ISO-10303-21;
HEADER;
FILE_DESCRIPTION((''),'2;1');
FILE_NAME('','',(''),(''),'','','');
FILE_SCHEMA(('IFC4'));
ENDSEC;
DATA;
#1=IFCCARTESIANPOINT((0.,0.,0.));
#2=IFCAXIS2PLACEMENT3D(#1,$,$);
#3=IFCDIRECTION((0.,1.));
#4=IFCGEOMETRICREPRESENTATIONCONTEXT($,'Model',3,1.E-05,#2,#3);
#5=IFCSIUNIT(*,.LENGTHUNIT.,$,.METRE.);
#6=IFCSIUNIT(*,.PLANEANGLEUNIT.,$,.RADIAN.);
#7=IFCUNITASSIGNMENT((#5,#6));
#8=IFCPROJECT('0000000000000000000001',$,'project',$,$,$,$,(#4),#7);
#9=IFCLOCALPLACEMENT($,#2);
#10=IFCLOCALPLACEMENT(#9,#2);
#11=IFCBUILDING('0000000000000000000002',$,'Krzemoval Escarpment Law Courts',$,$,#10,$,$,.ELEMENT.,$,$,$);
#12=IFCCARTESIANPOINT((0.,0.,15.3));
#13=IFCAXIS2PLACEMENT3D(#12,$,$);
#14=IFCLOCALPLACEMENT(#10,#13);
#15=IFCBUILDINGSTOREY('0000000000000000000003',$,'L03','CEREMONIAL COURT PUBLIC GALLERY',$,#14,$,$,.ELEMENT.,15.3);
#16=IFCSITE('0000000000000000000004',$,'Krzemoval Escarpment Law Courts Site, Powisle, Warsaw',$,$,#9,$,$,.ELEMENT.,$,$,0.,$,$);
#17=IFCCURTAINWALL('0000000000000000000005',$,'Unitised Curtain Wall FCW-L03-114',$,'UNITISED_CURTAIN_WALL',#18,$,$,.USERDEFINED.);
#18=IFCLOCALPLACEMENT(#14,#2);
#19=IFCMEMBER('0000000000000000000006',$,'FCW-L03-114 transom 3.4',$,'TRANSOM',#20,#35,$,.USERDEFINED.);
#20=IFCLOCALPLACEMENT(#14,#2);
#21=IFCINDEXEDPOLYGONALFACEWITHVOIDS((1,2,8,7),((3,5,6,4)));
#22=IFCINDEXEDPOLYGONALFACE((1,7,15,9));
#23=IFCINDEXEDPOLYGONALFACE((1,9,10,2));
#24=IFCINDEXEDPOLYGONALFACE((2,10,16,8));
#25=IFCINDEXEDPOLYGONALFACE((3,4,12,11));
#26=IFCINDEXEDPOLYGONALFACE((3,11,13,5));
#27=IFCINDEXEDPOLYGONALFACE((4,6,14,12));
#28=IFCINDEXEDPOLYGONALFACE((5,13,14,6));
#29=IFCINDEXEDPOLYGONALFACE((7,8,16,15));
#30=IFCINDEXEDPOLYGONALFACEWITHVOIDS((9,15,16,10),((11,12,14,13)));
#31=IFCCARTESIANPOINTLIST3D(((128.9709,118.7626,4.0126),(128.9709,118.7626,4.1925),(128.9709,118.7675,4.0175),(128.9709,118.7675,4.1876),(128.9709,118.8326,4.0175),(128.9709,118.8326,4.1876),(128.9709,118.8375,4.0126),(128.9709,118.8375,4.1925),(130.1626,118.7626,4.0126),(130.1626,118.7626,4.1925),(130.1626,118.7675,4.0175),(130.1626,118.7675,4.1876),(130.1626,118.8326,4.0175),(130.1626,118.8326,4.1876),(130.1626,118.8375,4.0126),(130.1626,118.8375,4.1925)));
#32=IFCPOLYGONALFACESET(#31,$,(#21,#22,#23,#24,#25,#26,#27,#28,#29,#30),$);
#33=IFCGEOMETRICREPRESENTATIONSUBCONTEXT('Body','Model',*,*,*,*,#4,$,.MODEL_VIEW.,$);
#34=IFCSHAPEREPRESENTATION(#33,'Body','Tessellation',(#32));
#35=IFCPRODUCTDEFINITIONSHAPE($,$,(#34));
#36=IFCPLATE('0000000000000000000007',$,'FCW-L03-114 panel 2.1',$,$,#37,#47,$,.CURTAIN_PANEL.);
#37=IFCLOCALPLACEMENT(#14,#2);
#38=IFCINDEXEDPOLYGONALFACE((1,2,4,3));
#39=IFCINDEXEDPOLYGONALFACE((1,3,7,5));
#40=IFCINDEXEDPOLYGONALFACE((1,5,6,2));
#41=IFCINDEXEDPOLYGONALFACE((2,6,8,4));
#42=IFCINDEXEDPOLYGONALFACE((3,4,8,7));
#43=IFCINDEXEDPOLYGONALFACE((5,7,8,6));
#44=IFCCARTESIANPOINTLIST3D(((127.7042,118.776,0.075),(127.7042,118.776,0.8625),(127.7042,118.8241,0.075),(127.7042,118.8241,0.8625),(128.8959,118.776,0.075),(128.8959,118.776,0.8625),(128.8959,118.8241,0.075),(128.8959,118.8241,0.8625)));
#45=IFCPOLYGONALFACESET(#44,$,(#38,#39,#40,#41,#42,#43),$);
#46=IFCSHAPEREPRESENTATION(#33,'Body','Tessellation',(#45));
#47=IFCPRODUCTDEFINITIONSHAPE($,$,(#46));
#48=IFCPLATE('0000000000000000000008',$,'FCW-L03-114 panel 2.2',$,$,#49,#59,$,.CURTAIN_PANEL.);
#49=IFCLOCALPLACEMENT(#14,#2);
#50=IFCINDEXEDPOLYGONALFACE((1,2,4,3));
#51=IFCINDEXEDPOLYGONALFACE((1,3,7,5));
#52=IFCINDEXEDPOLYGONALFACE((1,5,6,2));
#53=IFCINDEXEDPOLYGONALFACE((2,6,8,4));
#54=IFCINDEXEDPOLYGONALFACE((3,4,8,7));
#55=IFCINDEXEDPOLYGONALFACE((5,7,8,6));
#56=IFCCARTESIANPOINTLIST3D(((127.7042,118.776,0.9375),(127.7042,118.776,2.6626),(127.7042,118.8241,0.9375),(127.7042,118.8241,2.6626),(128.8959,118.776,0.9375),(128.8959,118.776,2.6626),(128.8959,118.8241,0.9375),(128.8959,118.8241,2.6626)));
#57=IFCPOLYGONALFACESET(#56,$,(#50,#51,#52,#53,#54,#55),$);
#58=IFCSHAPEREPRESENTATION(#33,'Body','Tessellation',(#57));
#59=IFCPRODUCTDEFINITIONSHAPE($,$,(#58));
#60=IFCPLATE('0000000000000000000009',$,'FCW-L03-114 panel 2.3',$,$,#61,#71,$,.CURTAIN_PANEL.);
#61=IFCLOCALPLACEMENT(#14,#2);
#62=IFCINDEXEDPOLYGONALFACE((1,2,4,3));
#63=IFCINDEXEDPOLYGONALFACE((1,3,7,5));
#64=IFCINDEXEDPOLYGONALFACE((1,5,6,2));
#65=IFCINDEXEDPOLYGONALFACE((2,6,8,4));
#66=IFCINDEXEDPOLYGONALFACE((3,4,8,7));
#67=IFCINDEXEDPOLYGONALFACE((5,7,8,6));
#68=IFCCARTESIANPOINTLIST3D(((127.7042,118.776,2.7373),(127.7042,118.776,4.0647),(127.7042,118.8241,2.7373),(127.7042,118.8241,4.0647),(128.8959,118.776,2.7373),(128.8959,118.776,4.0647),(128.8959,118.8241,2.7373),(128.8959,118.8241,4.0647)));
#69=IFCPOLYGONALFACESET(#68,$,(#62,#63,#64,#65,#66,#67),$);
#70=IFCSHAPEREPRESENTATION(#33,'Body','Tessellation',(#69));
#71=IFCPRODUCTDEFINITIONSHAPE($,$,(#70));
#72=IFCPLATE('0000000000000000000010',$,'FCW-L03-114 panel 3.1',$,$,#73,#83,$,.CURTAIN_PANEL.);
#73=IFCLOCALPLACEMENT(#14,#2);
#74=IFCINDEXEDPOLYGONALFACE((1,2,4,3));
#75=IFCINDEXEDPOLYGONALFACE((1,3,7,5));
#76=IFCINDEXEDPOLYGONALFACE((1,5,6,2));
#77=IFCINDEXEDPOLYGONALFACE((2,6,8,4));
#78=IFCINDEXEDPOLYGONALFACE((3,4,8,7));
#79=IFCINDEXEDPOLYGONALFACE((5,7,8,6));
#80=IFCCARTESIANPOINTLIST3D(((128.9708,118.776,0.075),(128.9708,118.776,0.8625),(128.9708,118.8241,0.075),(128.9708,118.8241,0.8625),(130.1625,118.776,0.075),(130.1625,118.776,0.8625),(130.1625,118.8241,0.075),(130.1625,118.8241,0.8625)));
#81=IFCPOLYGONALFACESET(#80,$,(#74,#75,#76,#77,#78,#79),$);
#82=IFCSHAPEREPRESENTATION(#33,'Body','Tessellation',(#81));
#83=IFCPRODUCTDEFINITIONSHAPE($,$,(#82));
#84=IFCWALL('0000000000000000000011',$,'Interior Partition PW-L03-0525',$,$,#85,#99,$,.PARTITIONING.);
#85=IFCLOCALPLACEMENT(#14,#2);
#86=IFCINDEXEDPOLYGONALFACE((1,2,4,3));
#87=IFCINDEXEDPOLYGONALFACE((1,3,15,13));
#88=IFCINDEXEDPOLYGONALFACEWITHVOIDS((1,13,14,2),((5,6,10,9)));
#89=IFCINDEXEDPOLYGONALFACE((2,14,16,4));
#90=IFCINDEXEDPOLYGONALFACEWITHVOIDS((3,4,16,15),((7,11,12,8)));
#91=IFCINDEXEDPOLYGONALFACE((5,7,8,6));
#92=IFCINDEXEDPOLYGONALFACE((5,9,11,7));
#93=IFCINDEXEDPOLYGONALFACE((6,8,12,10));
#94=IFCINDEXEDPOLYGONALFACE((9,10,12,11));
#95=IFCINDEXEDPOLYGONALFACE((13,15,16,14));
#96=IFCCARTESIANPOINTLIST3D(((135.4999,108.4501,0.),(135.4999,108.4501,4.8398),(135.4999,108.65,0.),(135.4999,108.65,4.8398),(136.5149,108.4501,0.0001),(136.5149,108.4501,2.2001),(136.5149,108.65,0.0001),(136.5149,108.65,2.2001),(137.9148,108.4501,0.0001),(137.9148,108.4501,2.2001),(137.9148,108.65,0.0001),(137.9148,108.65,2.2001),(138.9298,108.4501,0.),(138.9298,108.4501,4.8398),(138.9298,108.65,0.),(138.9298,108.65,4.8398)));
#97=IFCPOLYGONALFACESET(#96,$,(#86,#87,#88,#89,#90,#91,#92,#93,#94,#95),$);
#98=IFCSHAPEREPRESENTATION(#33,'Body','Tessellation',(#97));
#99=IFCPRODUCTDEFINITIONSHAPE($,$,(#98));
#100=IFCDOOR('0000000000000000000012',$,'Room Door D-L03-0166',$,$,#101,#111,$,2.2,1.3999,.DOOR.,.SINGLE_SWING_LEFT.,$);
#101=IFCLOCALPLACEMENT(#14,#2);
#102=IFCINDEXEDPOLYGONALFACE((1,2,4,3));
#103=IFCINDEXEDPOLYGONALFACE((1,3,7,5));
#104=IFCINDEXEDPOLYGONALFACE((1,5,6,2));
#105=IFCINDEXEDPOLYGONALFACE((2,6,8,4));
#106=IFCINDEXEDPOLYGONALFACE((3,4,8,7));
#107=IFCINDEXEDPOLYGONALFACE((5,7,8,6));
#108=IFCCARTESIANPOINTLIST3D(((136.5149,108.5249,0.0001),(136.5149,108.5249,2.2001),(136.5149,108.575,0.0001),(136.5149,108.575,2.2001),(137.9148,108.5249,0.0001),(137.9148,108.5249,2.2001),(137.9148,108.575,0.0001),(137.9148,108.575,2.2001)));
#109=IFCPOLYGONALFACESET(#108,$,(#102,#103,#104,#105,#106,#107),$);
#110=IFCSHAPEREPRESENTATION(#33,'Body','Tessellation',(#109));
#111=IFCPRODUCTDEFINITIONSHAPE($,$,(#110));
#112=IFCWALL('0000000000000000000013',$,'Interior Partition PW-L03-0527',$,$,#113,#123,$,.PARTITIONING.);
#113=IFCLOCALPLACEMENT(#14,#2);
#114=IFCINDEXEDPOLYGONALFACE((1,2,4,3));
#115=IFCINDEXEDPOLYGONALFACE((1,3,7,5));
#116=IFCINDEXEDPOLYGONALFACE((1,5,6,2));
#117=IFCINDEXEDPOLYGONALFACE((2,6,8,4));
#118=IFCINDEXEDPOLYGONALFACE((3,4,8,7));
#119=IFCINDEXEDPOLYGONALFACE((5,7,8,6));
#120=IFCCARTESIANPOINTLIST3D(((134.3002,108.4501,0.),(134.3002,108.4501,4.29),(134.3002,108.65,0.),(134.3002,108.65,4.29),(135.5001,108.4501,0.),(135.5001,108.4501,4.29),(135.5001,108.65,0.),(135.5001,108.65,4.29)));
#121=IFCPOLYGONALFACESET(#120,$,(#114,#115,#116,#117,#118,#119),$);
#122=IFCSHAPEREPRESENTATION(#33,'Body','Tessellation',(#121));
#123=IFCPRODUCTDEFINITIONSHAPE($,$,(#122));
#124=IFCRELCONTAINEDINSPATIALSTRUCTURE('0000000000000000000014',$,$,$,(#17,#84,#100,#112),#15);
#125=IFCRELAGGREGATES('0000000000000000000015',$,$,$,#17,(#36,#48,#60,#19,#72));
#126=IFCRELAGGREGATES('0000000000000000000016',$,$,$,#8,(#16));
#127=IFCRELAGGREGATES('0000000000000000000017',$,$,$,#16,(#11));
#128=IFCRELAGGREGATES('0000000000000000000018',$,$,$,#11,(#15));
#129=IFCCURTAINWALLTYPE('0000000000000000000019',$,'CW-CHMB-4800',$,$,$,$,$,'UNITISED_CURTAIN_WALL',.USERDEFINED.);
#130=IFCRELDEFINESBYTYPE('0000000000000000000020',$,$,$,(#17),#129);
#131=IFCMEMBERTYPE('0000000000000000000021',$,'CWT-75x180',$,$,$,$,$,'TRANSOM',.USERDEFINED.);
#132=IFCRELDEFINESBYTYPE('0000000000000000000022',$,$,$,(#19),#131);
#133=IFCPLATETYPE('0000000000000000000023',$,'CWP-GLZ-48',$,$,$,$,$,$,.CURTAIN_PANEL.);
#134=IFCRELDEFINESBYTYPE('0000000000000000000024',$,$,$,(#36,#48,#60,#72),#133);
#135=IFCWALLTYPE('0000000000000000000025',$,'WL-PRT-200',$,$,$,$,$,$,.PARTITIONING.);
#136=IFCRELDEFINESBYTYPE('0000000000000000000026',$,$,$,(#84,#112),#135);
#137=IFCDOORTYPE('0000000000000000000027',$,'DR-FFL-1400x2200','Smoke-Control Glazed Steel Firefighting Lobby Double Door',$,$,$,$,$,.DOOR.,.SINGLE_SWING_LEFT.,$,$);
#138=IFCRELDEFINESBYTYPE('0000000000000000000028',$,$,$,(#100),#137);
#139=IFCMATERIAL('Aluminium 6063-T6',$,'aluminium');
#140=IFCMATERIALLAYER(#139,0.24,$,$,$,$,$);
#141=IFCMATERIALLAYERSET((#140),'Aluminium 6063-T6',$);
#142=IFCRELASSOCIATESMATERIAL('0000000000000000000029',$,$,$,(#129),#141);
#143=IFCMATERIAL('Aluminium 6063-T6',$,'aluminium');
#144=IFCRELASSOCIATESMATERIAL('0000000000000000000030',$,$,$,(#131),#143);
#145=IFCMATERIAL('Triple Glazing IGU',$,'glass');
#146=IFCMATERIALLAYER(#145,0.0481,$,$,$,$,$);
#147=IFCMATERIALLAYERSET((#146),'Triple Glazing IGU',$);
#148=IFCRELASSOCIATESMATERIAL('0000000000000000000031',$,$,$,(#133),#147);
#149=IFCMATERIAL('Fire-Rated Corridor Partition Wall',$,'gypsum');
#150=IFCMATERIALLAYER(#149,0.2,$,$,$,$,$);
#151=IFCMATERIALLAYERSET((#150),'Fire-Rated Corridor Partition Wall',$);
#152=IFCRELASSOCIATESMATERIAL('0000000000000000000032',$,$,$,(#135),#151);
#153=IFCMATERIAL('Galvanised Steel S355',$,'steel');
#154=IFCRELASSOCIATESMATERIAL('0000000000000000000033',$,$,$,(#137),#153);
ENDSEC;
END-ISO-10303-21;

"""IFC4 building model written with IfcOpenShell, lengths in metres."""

from ifc_helpers import new_model, si_unit, direction, frame, frame_2d, origin, origin_2d, place, context, subcontext, project, spatial, rectangle, hollow_rectangle, extrude, material, layer, layer_set, material_profile, profile_set, type_object, element, fill, aggregate, save


model = new_model("IFC4")

# Units and contexts
model_context = context("Model", 3, precision=1e-05, world=origin(), true_north=direction((0.0, 1.0)))
body_context = subcontext(model_context, "Body", "Model", "MODEL_VIEW")
ifc_project = project(units=[si_unit("LENGTHUNIT", "METRE"), si_unit("PLANEANGLEUNIT", "RADIAN")], contexts=[model_context])

# Site, building, storey
site_placement = place(None, origin())
site = spatial("IfcSite", under=ifc_project, at=site_placement, Name="Krzemoval Escarpment Law Courts Site, Powisle, Warsaw", CompositionType="ELEMENT", RefElevation=0.0)
building_placement = place(site_placement, origin())
building = spatial("IfcBuilding", under=site, at=building_placement, Name="Krzemoval Escarpment Law Courts", CompositionType="ELEMENT")
storey_placement = place(building_placement, frame((0.0, 0.0, 15.3)))
storey = spatial("IfcBuildingStorey", under=building, at=storey_placement, Name="L03", Description="CEREMONIAL COURT PUBLIC GALLERY", CompositionType="ELEMENT", Elevation=15.3)

# Curtain wall, member, plates
ifc_material_1 = material(Name="Aluminium 6063-T6", Category="aluminium")
ifc_layer_1 = layer(ifc_material_1, 0.24)
ifc_layer_set_1 = layer_set([ifc_layer_1], Name="Aluminium 6063-T6")
curtain_wall_type = type_object("IfcCurtainWallType", Name="CW-CHMB-4800", ElementType="UNITISED_CURTAIN_WALL", PredefinedType="USERDEFINED", material=ifc_layer_set_1)
curtain_wall_placement = place(storey_placement, origin())
curtain_wall = element("IfcCurtainWall", 1, at=curtain_wall_placement, inside=storey, type_object=curtain_wall_type, Name="Unitised Curtain Wall FCW-L03-114", ObjectType="UNITISED_CURTAIN_WALL", PredefinedType="USERDEFINED")
ifc_material_2 = material(Name="Aluminium 6063-T6", Category="aluminium")
ifc_material_profile_1 = material_profile(ifc_material_2, hollow_rectangle(XDim=0.075, YDim=0.1799, WallThickness=0.0049, at=origin_2d()), Name="ALU T75x180")
ifc_profile_set_1 = profile_set([ifc_material_profile_1], Name="Aluminium 6063-T6")
member_type_1 = type_object("IfcMemberType", Name="CWT-75x180", ElementType="TRANSOM", PredefinedType="USERDEFINED", material=ifc_profile_set_1)
member_1_placement = place(storey_placement, frame((128.9709, 118.8, 4.1025), z_axis=(1.0, 0.0, 0.0), x_axis=(0.0, 1.0, 0.0)))
member_1 = element("IfcMember", 2, at=member_1_placement, type_object=member_type_1, Name="FCW-L03-114 transom 3.4", ObjectType="TRANSOM", PredefinedType="USERDEFINED", context=body_context, shape_type="SweptSolid", body=[
    extrude(hollow_rectangle(XDim=0.075, YDim=0.1799, WallThickness=0.0049, at=origin_2d()), origin(), (0.0, 0.0, 1.0), 1.1917),
])
ifc_material_3 = material(Name="Triple Glazing IGU", Category="glass")
ifc_layer_2 = layer(ifc_material_3, 0.0481)
ifc_layer_set_2 = layer_set([ifc_layer_2], Name="Triple Glazing IGU")
plate_type = type_object("IfcPlateType", Name="CWP-GLZ-48", PredefinedType="CURTAIN_PANEL", material=ifc_layer_set_2)
plate_1_placement = place(storey_placement, frame((128.3, 118.8, 0.075), z_axis=(0.0, 0.0, 1.0), x_axis=(1.0, 0.0, 0.0)))
plate_1 = element("IfcPlate", 3, at=plate_1_placement, type_object=plate_type, Name="FCW-L03-114 panel 2.1", PredefinedType="CURTAIN_PANEL", context=body_context, shape_type="SweptSolid", body=[
    extrude(rectangle(XDim=1.1917, YDim=0.0481, at=origin_2d()), origin(), (0.0, 0.0, 1.0), 0.7876),
])
plate_2_placement = place(storey_placement, frame((128.3, 118.8, 0.9375), z_axis=(0.0, 0.0, 1.0), x_axis=(1.0, 0.0, 0.0)))
plate_2 = element("IfcPlate", 4, at=plate_2_placement, type_object=plate_type, Name="FCW-L03-114 panel 2.2", PredefinedType="CURTAIN_PANEL", context=body_context, shape_type="SweptSolid", body=[
    extrude(rectangle(XDim=1.1917, YDim=0.0481, at=origin_2d()), origin(), (0.0, 0.0, 1.0), 1.7251),
])
plate_3_placement = place(storey_placement, frame((128.3, 118.8, 2.7373), z_axis=(0.0, 0.0, 1.0), x_axis=(1.0, 0.0, 0.0)))
plate_3 = element("IfcPlate", 5, at=plate_3_placement, type_object=plate_type, Name="FCW-L03-114 panel 2.3", PredefinedType="CURTAIN_PANEL", context=body_context, shape_type="SweptSolid", body=[
    extrude(rectangle(XDim=1.1917, YDim=0.0481, at=origin_2d()), origin(), (0.0, 0.0, 1.0), 1.3274),
])
plate_4_placement = place(storey_placement, frame((129.5667, 118.8, 0.075), z_axis=(0.0, 0.0, 1.0), x_axis=(1.0, 0.0, 0.0)))
plate_4 = element("IfcPlate", 6, at=plate_4_placement, type_object=plate_type, Name="FCW-L03-114 panel 3.1", PredefinedType="CURTAIN_PANEL", context=body_context, shape_type="SweptSolid", body=[
    extrude(rectangle(XDim=1.1917, YDim=0.0481, at=origin_2d()), origin(), (0.0, 0.0, 1.0), 0.7876),
])
aggregate(curtain_wall, [plate_1, plate_2, plate_3, member_1, plate_4])

# Wall, opening, door
ifc_material_4 = material(Name="Fire-Rated Corridor Partition Wall", Category="gypsum")
ifc_layer_3 = layer(ifc_material_4, 0.2)
ifc_layer_set_3 = layer_set([ifc_layer_3], Name="Fire-Rated Corridor Partition Wall")
wall_type = type_object("IfcWallType", Name="WL-PRT-200", PredefinedType="PARTITIONING", material=ifc_layer_set_3)
wall_1_placement = place(storey_placement, frame((135.5, 108.55, 0.0), z_axis=(0.0, 0.0, 1.0), x_axis=(1.0, 0.0, 0.0)))
wall_1 = element("IfcWall", 7, at=wall_1_placement, inside=storey, type_object=wall_type, Name="Interior Partition PW-L03-0525", PredefinedType="PARTITIONING", context=body_context, shape_type="SweptSolid", body=[
    extrude(rectangle(XDim=3.4299, YDim=0.2, at=frame_2d((1.7148, 0.0))), origin(), (0.0, 0.0, 1.0), 4.8398),
])
opening_placement = place(wall_1_placement, frame((1.0149, 0.0, 0.0)))
opening = element("IfcOpeningElement", 8, at=opening_placement, cuts=wall_1, PredefinedType="OPENING", context=body_context, shape_type="SweptSolid", body=[
    extrude(rectangle(XDim=1.3999, YDim=2.2, at=frame_2d((0.7, 1.1001))), frame((0.0, 0.115, 0.0), z_axis=(0.0, -1.0, 0.0), x_axis=(1.0, 0.0, 0.0)), (0.0, 0.0, 1.0), 0.2299),
])
ifc_material_5 = material(Name="Galvanised Steel S355", Category="steel")
door_type = type_object("IfcDoorType", Name="DR-FFL-1400x2200", Description="Smoke-Control Glazed Steel Firefighting Lobby Double Door", OperationType="SINGLE_SWING_LEFT", PredefinedType="DOOR", material=ifc_material_5)
door_placement = place(opening_placement, origin())
door = element("IfcDoor", 9, at=door_placement, inside=storey, type_object=door_type, Name="Room Door D-L03-0166", OperationType="SINGLE_SWING_LEFT", OverallHeight=2.2, OverallWidth=1.3999, PredefinedType="DOOR", context=body_context, shape_type="SweptSolid", body=[
    extrude(rectangle(XDim=1.3999, YDim=2.2, at=frame_2d((0.7, 1.1001))), frame((0.0, 0.0249, 0.0), z_axis=(0.0, -1.0, 0.0), x_axis=(1.0, 0.0, 0.0)), (0.0, 0.0, 1.0), 0.05),
])
fill(opening, door)

# Wall
wall_2_placement = place(storey_placement, frame((134.3, 108.55, 0.0), z_axis=(0.0, 0.0, 1.0), x_axis=(1.0, 0.0, 0.0)))
element("IfcWall", 10, at=wall_2_placement, inside=storey, type_object=wall_type, Name="Interior Partition PW-L03-0527", PredefinedType="PARTITIONING", context=body_context, shape_type="SweptSolid", body=[
    extrude(rectangle(XDim=1.2, YDim=0.2, at=frame_2d((0.6001, 0.0))), origin(), (0.0, 0.0, 1.0), 4.29),
])

save(model, "model.ifc")
